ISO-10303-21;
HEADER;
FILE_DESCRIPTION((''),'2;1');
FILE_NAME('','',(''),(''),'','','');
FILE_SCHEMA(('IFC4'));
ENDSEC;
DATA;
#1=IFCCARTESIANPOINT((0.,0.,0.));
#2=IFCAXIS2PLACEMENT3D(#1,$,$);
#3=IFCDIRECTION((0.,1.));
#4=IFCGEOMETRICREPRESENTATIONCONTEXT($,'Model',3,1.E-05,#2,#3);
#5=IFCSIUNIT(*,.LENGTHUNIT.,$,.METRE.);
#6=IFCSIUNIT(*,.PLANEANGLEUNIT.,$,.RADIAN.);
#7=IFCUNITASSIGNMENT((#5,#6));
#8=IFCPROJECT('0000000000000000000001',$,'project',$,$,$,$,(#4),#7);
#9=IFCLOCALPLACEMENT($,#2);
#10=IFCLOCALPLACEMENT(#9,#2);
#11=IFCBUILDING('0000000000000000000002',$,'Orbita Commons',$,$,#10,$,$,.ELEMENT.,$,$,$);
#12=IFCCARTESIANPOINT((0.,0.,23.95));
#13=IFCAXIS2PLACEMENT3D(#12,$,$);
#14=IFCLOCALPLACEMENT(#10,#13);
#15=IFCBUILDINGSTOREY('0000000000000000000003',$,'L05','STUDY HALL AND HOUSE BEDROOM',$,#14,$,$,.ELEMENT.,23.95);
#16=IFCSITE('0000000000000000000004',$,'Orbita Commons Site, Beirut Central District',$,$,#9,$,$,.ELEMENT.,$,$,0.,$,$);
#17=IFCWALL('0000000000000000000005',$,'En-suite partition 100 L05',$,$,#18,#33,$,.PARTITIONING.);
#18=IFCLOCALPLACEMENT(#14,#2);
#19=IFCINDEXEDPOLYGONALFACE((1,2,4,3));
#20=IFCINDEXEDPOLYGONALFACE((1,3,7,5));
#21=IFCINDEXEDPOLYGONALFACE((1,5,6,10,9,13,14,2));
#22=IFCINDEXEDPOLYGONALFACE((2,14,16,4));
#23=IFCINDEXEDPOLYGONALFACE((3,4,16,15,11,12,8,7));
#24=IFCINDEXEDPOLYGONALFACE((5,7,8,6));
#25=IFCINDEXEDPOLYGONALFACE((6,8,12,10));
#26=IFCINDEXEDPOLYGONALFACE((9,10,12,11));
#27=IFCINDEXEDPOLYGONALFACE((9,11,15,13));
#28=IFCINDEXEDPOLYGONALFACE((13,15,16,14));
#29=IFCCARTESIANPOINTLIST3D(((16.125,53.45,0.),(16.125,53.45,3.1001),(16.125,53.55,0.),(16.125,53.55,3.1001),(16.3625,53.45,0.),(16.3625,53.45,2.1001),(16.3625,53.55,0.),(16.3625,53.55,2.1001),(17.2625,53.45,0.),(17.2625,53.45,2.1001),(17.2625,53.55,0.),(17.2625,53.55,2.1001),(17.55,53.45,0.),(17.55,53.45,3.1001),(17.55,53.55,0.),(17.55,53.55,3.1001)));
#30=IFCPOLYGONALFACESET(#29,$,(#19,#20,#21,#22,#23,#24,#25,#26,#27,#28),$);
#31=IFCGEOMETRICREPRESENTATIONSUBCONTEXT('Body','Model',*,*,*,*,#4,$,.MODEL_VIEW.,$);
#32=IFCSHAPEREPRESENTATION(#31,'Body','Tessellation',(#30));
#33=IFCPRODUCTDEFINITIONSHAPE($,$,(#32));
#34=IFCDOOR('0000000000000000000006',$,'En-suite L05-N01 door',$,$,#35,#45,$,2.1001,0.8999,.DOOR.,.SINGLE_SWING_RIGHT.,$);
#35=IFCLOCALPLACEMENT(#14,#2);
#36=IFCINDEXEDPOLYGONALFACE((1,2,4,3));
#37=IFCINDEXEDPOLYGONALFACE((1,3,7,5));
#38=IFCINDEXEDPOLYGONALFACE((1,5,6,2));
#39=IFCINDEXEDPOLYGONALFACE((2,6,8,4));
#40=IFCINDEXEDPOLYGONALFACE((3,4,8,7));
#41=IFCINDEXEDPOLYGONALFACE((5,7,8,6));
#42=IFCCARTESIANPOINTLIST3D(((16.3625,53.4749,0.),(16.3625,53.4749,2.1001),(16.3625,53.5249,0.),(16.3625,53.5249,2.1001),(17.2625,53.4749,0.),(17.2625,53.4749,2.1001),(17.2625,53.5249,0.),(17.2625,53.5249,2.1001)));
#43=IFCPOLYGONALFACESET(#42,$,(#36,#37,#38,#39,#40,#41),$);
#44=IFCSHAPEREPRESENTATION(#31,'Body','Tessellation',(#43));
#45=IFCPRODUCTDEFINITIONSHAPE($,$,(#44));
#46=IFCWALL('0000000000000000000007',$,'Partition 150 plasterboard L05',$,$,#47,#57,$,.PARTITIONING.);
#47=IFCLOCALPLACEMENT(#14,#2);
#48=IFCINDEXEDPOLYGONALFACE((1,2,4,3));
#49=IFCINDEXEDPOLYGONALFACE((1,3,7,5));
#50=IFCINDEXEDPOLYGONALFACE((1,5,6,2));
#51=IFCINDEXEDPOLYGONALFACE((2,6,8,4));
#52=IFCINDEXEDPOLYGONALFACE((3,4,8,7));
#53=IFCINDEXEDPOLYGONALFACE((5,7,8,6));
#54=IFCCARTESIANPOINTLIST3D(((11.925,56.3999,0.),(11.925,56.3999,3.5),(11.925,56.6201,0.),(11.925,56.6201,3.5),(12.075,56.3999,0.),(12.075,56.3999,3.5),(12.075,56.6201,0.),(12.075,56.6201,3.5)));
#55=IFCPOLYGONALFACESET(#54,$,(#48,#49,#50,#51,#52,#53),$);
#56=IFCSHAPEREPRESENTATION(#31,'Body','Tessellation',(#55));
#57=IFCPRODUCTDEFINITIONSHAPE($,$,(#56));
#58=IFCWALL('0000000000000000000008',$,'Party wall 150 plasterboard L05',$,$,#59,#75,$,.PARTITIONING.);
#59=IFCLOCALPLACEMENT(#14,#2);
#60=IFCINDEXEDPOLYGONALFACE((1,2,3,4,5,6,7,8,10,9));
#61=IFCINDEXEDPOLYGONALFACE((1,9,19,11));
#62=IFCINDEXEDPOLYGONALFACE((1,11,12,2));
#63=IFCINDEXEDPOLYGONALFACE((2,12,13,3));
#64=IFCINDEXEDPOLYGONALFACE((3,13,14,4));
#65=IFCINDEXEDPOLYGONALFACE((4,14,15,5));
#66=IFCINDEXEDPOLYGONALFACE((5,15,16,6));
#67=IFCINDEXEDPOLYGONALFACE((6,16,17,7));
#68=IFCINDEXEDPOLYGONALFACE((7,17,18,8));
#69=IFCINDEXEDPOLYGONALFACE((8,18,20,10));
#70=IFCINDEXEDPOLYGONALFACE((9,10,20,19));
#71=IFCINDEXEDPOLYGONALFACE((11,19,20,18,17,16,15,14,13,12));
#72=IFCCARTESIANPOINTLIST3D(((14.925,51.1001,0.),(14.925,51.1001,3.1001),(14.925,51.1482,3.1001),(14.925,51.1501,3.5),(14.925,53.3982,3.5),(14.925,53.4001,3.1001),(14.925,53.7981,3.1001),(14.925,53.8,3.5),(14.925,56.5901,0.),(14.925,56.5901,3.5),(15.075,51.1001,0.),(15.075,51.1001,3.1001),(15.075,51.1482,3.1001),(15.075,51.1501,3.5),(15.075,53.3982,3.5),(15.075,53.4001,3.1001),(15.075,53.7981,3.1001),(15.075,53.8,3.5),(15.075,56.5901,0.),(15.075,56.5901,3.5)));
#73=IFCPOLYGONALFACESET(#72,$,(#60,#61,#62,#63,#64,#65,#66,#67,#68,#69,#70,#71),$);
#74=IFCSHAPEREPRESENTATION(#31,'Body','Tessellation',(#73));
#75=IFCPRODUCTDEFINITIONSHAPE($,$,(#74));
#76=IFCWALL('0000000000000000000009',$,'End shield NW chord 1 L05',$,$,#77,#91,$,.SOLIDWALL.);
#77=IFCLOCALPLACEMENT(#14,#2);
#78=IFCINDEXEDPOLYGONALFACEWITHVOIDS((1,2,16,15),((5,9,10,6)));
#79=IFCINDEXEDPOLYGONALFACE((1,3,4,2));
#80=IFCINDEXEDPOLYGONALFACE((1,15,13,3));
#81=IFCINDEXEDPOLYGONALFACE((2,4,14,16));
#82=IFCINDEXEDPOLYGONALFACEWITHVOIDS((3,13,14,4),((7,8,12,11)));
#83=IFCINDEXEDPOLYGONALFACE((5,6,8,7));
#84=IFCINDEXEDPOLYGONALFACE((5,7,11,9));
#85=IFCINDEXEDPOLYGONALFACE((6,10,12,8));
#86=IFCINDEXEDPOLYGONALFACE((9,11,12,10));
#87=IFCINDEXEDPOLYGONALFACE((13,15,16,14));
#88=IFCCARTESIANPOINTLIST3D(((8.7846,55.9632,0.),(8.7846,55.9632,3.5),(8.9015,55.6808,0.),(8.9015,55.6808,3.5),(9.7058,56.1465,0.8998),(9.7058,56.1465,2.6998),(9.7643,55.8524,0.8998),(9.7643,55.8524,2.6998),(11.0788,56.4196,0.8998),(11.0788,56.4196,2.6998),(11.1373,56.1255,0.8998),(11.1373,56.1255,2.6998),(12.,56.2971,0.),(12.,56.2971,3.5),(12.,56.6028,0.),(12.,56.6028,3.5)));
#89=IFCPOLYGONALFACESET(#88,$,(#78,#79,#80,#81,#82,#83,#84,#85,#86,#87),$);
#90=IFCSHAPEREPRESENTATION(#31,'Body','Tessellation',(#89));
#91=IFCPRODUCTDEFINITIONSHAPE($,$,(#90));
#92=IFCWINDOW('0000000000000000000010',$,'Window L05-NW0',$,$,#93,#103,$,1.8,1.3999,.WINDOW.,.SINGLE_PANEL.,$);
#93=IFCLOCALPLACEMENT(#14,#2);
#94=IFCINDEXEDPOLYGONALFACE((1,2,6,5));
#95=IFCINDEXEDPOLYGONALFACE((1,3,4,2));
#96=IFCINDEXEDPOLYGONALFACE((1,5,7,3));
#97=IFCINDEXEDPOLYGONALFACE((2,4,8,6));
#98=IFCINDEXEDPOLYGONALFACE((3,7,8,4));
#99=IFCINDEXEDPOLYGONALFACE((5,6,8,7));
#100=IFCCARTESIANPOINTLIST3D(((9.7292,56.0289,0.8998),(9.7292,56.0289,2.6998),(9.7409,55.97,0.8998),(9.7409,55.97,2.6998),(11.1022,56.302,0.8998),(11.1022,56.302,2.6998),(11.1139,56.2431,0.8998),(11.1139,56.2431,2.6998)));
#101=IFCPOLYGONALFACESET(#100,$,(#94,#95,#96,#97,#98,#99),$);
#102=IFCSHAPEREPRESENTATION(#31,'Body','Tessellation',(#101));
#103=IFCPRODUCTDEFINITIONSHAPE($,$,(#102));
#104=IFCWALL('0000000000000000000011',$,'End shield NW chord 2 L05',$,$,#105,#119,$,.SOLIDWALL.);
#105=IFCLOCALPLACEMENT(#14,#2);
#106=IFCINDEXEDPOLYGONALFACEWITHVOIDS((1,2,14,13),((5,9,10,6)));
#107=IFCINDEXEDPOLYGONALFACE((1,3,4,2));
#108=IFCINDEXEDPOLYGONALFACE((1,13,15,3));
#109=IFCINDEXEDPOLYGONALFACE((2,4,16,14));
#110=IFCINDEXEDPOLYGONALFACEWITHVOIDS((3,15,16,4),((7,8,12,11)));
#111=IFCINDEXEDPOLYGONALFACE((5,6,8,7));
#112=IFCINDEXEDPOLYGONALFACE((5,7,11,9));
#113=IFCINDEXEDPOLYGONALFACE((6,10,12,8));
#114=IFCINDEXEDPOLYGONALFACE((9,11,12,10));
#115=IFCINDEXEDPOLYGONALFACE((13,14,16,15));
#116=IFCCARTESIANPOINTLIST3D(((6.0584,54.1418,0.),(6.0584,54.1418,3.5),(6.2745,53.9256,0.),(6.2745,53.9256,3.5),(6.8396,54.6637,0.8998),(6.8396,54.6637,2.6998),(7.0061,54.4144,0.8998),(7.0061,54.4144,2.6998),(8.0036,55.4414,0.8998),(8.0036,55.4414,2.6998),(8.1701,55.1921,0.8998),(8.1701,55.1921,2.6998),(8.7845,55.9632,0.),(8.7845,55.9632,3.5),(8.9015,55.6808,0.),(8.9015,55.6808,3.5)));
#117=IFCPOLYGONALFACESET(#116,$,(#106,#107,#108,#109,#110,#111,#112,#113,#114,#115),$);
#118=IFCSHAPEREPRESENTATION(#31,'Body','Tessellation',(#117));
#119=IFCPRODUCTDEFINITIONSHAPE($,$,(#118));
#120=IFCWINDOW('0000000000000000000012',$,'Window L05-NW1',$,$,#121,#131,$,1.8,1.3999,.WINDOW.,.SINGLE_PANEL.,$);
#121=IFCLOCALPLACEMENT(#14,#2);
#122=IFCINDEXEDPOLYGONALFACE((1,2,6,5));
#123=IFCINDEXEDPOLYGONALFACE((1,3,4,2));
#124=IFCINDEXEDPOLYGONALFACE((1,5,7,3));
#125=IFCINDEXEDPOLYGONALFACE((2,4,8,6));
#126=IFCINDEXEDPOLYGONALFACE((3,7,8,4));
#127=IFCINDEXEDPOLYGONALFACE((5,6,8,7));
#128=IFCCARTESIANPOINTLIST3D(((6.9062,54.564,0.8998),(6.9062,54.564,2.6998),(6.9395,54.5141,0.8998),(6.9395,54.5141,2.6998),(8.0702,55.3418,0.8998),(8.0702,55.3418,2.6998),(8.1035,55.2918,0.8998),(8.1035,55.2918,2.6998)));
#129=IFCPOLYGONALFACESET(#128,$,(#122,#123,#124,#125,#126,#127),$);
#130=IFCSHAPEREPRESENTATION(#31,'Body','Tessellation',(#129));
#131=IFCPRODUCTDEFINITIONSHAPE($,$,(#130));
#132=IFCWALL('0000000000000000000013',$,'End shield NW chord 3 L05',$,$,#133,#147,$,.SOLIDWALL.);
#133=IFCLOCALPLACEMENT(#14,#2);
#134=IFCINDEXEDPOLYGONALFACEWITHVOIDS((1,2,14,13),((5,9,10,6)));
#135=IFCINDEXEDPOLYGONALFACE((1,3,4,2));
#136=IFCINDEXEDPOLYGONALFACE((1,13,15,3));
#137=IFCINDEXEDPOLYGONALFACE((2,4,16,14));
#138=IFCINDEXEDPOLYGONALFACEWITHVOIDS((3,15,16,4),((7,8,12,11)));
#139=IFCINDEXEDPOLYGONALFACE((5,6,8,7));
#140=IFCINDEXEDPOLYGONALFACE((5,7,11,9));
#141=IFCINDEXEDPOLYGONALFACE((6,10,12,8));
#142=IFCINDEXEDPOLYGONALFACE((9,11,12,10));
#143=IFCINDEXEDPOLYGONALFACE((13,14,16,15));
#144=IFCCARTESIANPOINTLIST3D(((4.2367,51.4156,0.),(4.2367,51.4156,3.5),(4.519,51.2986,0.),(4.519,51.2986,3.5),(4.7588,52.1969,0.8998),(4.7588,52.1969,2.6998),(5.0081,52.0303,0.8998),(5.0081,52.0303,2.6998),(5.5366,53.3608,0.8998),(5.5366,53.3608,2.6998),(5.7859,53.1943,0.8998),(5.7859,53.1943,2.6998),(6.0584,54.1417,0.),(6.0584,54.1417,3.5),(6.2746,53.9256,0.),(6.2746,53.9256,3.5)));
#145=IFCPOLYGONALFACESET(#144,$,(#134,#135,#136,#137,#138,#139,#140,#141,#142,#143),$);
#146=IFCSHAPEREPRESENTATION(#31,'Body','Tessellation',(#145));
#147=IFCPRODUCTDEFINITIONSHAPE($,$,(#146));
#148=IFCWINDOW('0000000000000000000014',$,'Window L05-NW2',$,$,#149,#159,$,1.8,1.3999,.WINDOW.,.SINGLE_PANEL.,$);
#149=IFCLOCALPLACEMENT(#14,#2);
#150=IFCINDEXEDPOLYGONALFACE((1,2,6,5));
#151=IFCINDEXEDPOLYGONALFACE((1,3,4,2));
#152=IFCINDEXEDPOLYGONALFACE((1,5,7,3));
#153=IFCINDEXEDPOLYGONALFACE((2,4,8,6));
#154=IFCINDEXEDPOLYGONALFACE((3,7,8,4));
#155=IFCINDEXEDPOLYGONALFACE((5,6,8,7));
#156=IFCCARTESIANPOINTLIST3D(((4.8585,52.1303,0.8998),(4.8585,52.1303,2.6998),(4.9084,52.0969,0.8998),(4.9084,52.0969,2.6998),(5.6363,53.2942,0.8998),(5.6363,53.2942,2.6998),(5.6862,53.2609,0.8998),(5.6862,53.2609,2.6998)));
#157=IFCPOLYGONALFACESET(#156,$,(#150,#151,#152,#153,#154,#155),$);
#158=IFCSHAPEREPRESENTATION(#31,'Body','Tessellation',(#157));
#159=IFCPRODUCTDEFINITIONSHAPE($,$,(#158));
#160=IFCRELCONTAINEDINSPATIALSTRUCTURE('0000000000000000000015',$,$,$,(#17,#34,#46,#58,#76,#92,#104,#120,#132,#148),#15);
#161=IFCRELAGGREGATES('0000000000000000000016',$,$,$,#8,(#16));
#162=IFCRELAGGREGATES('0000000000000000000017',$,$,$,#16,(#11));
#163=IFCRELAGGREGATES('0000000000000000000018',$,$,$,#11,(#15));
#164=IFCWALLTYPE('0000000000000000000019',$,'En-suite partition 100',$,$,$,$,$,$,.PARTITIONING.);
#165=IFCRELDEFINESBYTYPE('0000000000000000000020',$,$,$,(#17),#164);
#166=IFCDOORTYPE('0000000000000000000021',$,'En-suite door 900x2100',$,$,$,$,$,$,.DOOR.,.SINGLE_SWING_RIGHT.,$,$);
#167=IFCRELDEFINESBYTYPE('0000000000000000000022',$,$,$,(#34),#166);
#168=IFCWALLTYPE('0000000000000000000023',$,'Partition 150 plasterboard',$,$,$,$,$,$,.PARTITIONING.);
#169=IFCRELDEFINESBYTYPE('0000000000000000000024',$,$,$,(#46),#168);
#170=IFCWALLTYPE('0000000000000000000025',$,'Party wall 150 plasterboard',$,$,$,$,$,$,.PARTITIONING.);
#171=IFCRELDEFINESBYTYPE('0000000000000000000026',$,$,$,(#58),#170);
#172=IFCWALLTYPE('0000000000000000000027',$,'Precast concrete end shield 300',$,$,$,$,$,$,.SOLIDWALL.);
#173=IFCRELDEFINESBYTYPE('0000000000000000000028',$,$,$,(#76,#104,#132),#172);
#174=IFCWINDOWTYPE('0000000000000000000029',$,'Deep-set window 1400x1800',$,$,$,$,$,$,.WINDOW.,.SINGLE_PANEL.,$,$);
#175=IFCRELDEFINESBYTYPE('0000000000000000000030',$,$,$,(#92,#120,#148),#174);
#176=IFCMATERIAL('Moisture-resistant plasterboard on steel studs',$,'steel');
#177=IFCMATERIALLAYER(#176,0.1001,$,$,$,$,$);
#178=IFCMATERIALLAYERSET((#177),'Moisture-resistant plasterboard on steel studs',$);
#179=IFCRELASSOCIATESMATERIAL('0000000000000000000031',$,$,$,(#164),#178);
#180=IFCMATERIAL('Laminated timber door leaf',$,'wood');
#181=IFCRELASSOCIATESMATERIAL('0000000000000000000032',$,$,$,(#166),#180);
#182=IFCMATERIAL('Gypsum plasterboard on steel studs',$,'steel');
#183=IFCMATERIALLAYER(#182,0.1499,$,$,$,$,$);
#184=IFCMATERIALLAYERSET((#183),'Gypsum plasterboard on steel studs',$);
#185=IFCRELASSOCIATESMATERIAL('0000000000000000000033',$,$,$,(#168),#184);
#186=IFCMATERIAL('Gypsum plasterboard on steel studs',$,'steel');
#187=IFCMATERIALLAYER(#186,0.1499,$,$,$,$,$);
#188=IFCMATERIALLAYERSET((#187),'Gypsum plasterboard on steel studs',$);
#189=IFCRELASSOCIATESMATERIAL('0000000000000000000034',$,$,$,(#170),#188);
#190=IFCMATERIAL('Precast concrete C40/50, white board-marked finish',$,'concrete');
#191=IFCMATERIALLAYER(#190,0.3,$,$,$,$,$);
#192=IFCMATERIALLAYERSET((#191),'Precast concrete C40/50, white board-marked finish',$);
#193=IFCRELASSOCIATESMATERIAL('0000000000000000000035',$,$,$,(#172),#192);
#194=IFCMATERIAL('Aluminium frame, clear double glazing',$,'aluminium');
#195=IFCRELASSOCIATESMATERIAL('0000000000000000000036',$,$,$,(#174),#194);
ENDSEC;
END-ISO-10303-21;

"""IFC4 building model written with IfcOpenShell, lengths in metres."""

from ifc_helpers import new_model, si_unit, direction, frame, frame_2d, origin, place, context, subcontext, project, spatial, polyline, rectangle, outline, extrude, material, layer, layer_set, type_object, element, fill, save


model = new_model("IFC4")

# Units and contexts
model_context = context("Model", 3, precision=1e-05, world=origin(), true_north=direction((0.0, 1.0)))
body_context = subcontext(model_context, "Body", "Model", "MODEL_VIEW")
ifc_project = project(units=[si_unit("LENGTHUNIT", "METRE"), si_unit("PLANEANGLEUNIT", "RADIAN")], contexts=[model_context])

# Site, building, storey
site_placement = place(None, origin())
site = spatial("IfcSite", under=ifc_project, at=site_placement, Name="Orbita Commons Site, Beirut Central District", CompositionType="ELEMENT", RefElevation=0.0)
building_placement = place(site_placement, origin())
building = spatial("IfcBuilding", under=site, at=building_placement, Name="Orbita Commons", CompositionType="ELEMENT")
storey_placement = place(building_placement, frame((0.0, 0.0, 23.95)))
storey = spatial("IfcBuildingStorey", under=building, at=storey_placement, Name="L05", Description="STUDY HALL AND HOUSE BEDROOM", CompositionType="ELEMENT", Elevation=23.95)

# Wall, opening, door
ifc_material_1 = material(Name="Moisture-resistant plasterboard on steel studs", Category="steel")
ifc_layer_1 = layer(ifc_material_1, 0.1001)
ifc_layer_set_1 = layer_set([ifc_layer_1], Name="Moisture-resistant plasterboard on steel studs")
wall_type_1 = type_object("IfcWallType", Name="En-suite partition 100", PredefinedType="PARTITIONING", material=ifc_layer_set_1)
ifc_material_2 = material(Name="Laminated timber door leaf", Category="wood")
door_type = type_object("IfcDoorType", Name="En-suite door 900x2100", OperationType="SINGLE_SWING_RIGHT", PredefinedType="DOOR", material=ifc_material_2)
wall_1_placement = place(storey_placement, frame((16.125, 53.5, 0.0), z_axis=(0.0, 0.0, 1.0), x_axis=(1.0, 0.0, 0.0)))
wall_1 = element("IfcWall", 1, at=wall_1_placement, inside=storey, type_object=wall_type_1, Name="En-suite partition 100 L05", PredefinedType="PARTITIONING", context=body_context, shape_type="SweptSolid", body=[
    extrude(outline(polyline([(0.0, 0.0), (1.425, 0.0), (1.425, 3.1001), (0.0, 3.1001), (0.0, 0.0)])), frame((0.0, 0.05, 0.0), z_axis=(0.0, -1.0, 0.0), x_axis=(1.0, 0.0, 0.0)), (0.0, 0.0, 1.0), 0.1001),
])
opening_1_placement = place(wall_1_placement, frame((0.2375, 0.0, 0.0)))
opening_1 = element("IfcOpeningElement", 2, at=opening_1_placement, cuts=wall_1, PredefinedType="OPENING", context=body_context, shape_type="SweptSolid", body=[
    extrude(rectangle(XDim=0.8999, YDim=2.1001, at=frame_2d((0.45, 1.05))), frame((0.0, 0.0601, 0.0), z_axis=(0.0, -1.0, 0.0), x_axis=(1.0, 0.0, 0.0)), (0.0, 0.0, 1.0), 0.1201),
])
door_1_placement = place(opening_1_placement, origin())
door_1 = element("IfcDoor", 3, at=door_1_placement, inside=storey, type_object=door_type, Name="En-suite L05-N01 door", OperationType="SINGLE_SWING_RIGHT", OverallHeight=2.1001, OverallWidth=0.8999, PredefinedType="DOOR", context=body_context, shape_type="SweptSolid", body=[
    extrude(rectangle(XDim=0.8999, YDim=2.1001, at=frame_2d((0.45, 1.05))), frame((0.0, 0.0249, 0.0), z_axis=(0.0, -1.0, 0.0), x_axis=(1.0, 0.0, 0.0)), (0.0, 0.0, 1.0), 0.05),
])
fill(opening_1, door_1)

# Walls
ifc_material_3 = material(Name="Gypsum plasterboard on steel studs", Category="steel")
ifc_layer_2 = layer(ifc_material_3, 0.1499)
ifc_layer_set_2 = layer_set([ifc_layer_2], Name="Gypsum plasterboard on steel studs")
wall_type_2 = type_object("IfcWallType", Name="Partition 150 plasterboard", PredefinedType="PARTITIONING", material=ifc_layer_set_2)
wall_2_placement = place(storey_placement, frame((12.0, 56.3999, 0.0), z_axis=(0.0, 0.0, 1.0), x_axis=(0.0, 1.0, 0.0)))
element("IfcWall", 4, at=wall_2_placement, inside=storey, type_object=wall_type_2, Name="Partition 150 plasterboard L05", PredefinedType="PARTITIONING", context=body_context, shape_type="SweptSolid", body=[
    extrude(rectangle(XDim=0.2202, YDim=0.1499, at=frame_2d((0.1101, 0.0))), origin(), (0.0, 0.0, 1.0), 3.5),
])
ifc_material_4 = material(Name="Gypsum plasterboard on steel studs", Category="steel")
ifc_layer_3 = layer(ifc_material_4, 0.1499)
ifc_layer_set_3 = layer_set([ifc_layer_3], Name="Gypsum plasterboard on steel studs")
wall_type_3 = type_object("IfcWallType", Name="Party wall 150 plasterboard", PredefinedType="PARTITIONING", material=ifc_layer_set_3)
wall_3_placement = place(storey_placement, frame((15.0, 56.5901, 0.0), z_axis=(0.0, 0.0, 1.0), x_axis=(0.0, -1.0, 0.0)))
element("IfcWall", 5, at=wall_3_placement, inside=storey, type_object=wall_type_3, Name="Party wall 150 plasterboard L05", PredefinedType="PARTITIONING", context=body_context, shape_type="SweptSolid", body=[
    extrude(outline(polyline([(0.0, 0.0), (5.49, 0.0), (5.49, 3.1001), (5.4419, 3.1001), (5.4399, 3.5), (3.1919, 3.5), (3.1899, 3.1001), (2.792, 3.1001), (2.79, 3.5), (0.0, 3.5), (0.0, 0.0)])), frame((0.0, 0.075, 0.0), z_axis=(0.0, -1.0, 0.0), x_axis=(1.0, 0.0, 0.0)), (0.0, 0.0, 1.0), 0.1499),
])

# Walls, openings, windows
ifc_material_5 = material(Name="Precast concrete C40/50, white board-marked finish", Category="concrete")
ifc_layer_4 = layer(ifc_material_5, 0.3)
ifc_layer_set_4 = layer_set([ifc_layer_4], Name="Precast concrete C40/50, white board-marked finish")
wall_type_4 = type_object("IfcWallType", Name="Precast concrete end shield 300", PredefinedType="SOLIDWALL", material=ifc_layer_set_4)
wall_4_placement = place(storey_placement, frame((12.0, 56.45, 0.0), z_axis=(0.0, 0.0, 1.0), x_axis=(-0.980787, -0.19508, 0.0)))
wall_4 = element("IfcWall", 6, at=wall_4_placement, inside=storey, type_object=wall_type_4, Name="End shield NW chord 1 L05", PredefinedType="SOLIDWALL", context=body_context, shape_type="SweptSolid", body=[
    extrude(outline(polyline([(-0.0298, -0.1499), (3.2485, -0.1499), (3.189, 0.1499), (0.0298, 0.1499), (-0.0298, -0.1499)])), origin(), (0.0, 0.0, 1.0), 3.5),
])
opening_2_placement = place(wall_4_placement, frame((0.9094, 0.0, 0.8999)))
opening_2 = element("IfcOpeningElement", 7, at=opening_2_placement, cuts=wall_4, PredefinedType="OPENING", context=body_context, shape_type="SweptSolid", body=[
    extrude(rectangle(XDim=1.3999, YDim=1.8, at=frame_2d((0.7, 0.8999))), frame((0.0, 0.1599, 0.0), z_axis=(0.0, -1.0, 0.0), x_axis=(1.0, 0.0, 0.0)), (0.0, 0.0, 1.0), 0.3201),
])
ifc_material_6 = material(Name="Aluminium frame, clear double glazing", Category="aluminium")
window_type = type_object("IfcWindowType", Name="Deep-set window 1400x1800", PartitioningType="SINGLE_PANEL", PredefinedType="WINDOW", material=ifc_material_6)
window_1_placement = place(opening_2_placement, origin())
window_1 = element("IfcWindow", 8, at=window_1_placement, inside=storey, type_object=window_type, Name="Window L05-NW0", OverallHeight=1.8, OverallWidth=1.3999, PartitioningType="SINGLE_PANEL", PredefinedType="WINDOW", context=body_context, shape_type="SweptSolid", body=[
    extrude(rectangle(XDim=1.3999, YDim=1.8, at=frame_2d((0.7, 0.8999))), frame((0.0, 0.03, 0.0), z_axis=(0.0, -1.0, 0.0), x_axis=(1.0, 0.0, 0.0)), (0.0, 0.0, 1.0), 0.0601),
])
fill(opening_2, window_1)
wall_5_placement = place(storey_placement, frame((8.843, 55.822, 0.0), z_axis=(0.0, 0.0, 1.0), x_axis=(-0.831478, -0.555558, 0.0)))
wall_5 = element("IfcWall", 9, at=wall_5_placement, inside=storey, type_object=wall_type_4, Name="End shield NW chord 2 L05", PredefinedType="SOLIDWALL", context=body_context, shape_type="SweptSolid", body=[
    extrude(outline(polyline([(-0.0298, -0.1499), (3.2488, -0.1499), (3.1892, 0.1499), (0.0298, 0.1499), (-0.0298, -0.1499)])), origin(), (0.0, 0.0, 1.0), 3.5),
])
opening_3_placement = place(wall_5_placement, frame((0.9094, 0.0, 0.8999)))
opening_3 = element("IfcOpeningElement", 10, at=opening_3_placement, cuts=wall_5, PredefinedType="OPENING", context=body_context, shape_type="SweptSolid", body=[
    extrude(rectangle(XDim=1.3999, YDim=1.8, at=frame_2d((0.7, 0.8999))), frame((0.0, 0.1599, 0.0), z_axis=(0.0, -1.0, 0.0), x_axis=(1.0, 0.0, 0.0)), (0.0, 0.0, 1.0), 0.3201),
])
window_2_placement = place(opening_3_placement, origin())
window_2 = element("IfcWindow", 11, at=window_2_placement, inside=storey, type_object=window_type, Name="Window L05-NW1", OverallHeight=1.8, OverallWidth=1.3999, PartitioningType="SINGLE_PANEL", PredefinedType="WINDOW", context=body_context, shape_type="SweptSolid", body=[
    extrude(rectangle(XDim=1.3999, YDim=1.8, at=frame_2d((0.7, 0.8999))), frame((0.0, 0.03, 0.0), z_axis=(0.0, -1.0, 0.0), x_axis=(1.0, 0.0, 0.0)), (0.0, 0.0, 1.0), 0.0601),
])
fill(opening_3, window_2)
wall_6_placement = place(storey_placement, frame((6.1665, 54.0337, 0.0), z_axis=(0.0, 0.0, 1.0), x_axis=(-0.55561, -0.831443, 0.0)))
wall_6 = element("IfcWall", 12, at=wall_6_placement, inside=storey, type_object=wall_type_4, Name="End shield NW chord 3 L05", PredefinedType="SOLIDWALL", context=body_context, shape_type="SweptSolid", body=[
    extrude(outline(polyline([(-0.0298, -0.1499), (3.249, -0.1499), (3.1895, 0.1499), (0.0298, 0.1499), (-0.0298, -0.1499)])), origin(), (0.0, 0.0, 1.0), 3.5),
])
opening_4_placement = place(wall_6_placement, frame((0.9094, 0.0, 0.8999)))
opening_4 = element("IfcOpeningElement", 13, at=opening_4_placement, cuts=wall_6, PredefinedType="OPENING", context=body_context, shape_type="SweptSolid", body=[
    extrude(rectangle(XDim=1.3999, YDim=1.8, at=frame_2d((0.7, 0.8999))), frame((0.0, 0.1599, 0.0), z_axis=(0.0, -1.0, 0.0), x_axis=(1.0, 0.0, 0.0)), (0.0, 0.0, 1.0), 0.3201),
])
window_3_placement = place(opening_4_placement, origin())
window_3 = element("IfcWindow", 14, at=window_3_placement, inside=storey, type_object=window_type, Name="Window L05-NW2", OverallHeight=1.8, OverallWidth=1.3999, PartitioningType="SINGLE_PANEL", PredefinedType="WINDOW", context=body_context, shape_type="SweptSolid", body=[
    extrude(rectangle(XDim=1.3999, YDim=1.8, at=frame_2d((0.7, 0.8999))), frame((0.0, 0.03, 0.0), z_axis=(0.0, -1.0, 0.0), x_axis=(1.0, 0.0, 0.0)), (0.0, 0.0, 1.0), 0.0601),
])
fill(opening_4, window_3)

save(model, "model.ifc")
